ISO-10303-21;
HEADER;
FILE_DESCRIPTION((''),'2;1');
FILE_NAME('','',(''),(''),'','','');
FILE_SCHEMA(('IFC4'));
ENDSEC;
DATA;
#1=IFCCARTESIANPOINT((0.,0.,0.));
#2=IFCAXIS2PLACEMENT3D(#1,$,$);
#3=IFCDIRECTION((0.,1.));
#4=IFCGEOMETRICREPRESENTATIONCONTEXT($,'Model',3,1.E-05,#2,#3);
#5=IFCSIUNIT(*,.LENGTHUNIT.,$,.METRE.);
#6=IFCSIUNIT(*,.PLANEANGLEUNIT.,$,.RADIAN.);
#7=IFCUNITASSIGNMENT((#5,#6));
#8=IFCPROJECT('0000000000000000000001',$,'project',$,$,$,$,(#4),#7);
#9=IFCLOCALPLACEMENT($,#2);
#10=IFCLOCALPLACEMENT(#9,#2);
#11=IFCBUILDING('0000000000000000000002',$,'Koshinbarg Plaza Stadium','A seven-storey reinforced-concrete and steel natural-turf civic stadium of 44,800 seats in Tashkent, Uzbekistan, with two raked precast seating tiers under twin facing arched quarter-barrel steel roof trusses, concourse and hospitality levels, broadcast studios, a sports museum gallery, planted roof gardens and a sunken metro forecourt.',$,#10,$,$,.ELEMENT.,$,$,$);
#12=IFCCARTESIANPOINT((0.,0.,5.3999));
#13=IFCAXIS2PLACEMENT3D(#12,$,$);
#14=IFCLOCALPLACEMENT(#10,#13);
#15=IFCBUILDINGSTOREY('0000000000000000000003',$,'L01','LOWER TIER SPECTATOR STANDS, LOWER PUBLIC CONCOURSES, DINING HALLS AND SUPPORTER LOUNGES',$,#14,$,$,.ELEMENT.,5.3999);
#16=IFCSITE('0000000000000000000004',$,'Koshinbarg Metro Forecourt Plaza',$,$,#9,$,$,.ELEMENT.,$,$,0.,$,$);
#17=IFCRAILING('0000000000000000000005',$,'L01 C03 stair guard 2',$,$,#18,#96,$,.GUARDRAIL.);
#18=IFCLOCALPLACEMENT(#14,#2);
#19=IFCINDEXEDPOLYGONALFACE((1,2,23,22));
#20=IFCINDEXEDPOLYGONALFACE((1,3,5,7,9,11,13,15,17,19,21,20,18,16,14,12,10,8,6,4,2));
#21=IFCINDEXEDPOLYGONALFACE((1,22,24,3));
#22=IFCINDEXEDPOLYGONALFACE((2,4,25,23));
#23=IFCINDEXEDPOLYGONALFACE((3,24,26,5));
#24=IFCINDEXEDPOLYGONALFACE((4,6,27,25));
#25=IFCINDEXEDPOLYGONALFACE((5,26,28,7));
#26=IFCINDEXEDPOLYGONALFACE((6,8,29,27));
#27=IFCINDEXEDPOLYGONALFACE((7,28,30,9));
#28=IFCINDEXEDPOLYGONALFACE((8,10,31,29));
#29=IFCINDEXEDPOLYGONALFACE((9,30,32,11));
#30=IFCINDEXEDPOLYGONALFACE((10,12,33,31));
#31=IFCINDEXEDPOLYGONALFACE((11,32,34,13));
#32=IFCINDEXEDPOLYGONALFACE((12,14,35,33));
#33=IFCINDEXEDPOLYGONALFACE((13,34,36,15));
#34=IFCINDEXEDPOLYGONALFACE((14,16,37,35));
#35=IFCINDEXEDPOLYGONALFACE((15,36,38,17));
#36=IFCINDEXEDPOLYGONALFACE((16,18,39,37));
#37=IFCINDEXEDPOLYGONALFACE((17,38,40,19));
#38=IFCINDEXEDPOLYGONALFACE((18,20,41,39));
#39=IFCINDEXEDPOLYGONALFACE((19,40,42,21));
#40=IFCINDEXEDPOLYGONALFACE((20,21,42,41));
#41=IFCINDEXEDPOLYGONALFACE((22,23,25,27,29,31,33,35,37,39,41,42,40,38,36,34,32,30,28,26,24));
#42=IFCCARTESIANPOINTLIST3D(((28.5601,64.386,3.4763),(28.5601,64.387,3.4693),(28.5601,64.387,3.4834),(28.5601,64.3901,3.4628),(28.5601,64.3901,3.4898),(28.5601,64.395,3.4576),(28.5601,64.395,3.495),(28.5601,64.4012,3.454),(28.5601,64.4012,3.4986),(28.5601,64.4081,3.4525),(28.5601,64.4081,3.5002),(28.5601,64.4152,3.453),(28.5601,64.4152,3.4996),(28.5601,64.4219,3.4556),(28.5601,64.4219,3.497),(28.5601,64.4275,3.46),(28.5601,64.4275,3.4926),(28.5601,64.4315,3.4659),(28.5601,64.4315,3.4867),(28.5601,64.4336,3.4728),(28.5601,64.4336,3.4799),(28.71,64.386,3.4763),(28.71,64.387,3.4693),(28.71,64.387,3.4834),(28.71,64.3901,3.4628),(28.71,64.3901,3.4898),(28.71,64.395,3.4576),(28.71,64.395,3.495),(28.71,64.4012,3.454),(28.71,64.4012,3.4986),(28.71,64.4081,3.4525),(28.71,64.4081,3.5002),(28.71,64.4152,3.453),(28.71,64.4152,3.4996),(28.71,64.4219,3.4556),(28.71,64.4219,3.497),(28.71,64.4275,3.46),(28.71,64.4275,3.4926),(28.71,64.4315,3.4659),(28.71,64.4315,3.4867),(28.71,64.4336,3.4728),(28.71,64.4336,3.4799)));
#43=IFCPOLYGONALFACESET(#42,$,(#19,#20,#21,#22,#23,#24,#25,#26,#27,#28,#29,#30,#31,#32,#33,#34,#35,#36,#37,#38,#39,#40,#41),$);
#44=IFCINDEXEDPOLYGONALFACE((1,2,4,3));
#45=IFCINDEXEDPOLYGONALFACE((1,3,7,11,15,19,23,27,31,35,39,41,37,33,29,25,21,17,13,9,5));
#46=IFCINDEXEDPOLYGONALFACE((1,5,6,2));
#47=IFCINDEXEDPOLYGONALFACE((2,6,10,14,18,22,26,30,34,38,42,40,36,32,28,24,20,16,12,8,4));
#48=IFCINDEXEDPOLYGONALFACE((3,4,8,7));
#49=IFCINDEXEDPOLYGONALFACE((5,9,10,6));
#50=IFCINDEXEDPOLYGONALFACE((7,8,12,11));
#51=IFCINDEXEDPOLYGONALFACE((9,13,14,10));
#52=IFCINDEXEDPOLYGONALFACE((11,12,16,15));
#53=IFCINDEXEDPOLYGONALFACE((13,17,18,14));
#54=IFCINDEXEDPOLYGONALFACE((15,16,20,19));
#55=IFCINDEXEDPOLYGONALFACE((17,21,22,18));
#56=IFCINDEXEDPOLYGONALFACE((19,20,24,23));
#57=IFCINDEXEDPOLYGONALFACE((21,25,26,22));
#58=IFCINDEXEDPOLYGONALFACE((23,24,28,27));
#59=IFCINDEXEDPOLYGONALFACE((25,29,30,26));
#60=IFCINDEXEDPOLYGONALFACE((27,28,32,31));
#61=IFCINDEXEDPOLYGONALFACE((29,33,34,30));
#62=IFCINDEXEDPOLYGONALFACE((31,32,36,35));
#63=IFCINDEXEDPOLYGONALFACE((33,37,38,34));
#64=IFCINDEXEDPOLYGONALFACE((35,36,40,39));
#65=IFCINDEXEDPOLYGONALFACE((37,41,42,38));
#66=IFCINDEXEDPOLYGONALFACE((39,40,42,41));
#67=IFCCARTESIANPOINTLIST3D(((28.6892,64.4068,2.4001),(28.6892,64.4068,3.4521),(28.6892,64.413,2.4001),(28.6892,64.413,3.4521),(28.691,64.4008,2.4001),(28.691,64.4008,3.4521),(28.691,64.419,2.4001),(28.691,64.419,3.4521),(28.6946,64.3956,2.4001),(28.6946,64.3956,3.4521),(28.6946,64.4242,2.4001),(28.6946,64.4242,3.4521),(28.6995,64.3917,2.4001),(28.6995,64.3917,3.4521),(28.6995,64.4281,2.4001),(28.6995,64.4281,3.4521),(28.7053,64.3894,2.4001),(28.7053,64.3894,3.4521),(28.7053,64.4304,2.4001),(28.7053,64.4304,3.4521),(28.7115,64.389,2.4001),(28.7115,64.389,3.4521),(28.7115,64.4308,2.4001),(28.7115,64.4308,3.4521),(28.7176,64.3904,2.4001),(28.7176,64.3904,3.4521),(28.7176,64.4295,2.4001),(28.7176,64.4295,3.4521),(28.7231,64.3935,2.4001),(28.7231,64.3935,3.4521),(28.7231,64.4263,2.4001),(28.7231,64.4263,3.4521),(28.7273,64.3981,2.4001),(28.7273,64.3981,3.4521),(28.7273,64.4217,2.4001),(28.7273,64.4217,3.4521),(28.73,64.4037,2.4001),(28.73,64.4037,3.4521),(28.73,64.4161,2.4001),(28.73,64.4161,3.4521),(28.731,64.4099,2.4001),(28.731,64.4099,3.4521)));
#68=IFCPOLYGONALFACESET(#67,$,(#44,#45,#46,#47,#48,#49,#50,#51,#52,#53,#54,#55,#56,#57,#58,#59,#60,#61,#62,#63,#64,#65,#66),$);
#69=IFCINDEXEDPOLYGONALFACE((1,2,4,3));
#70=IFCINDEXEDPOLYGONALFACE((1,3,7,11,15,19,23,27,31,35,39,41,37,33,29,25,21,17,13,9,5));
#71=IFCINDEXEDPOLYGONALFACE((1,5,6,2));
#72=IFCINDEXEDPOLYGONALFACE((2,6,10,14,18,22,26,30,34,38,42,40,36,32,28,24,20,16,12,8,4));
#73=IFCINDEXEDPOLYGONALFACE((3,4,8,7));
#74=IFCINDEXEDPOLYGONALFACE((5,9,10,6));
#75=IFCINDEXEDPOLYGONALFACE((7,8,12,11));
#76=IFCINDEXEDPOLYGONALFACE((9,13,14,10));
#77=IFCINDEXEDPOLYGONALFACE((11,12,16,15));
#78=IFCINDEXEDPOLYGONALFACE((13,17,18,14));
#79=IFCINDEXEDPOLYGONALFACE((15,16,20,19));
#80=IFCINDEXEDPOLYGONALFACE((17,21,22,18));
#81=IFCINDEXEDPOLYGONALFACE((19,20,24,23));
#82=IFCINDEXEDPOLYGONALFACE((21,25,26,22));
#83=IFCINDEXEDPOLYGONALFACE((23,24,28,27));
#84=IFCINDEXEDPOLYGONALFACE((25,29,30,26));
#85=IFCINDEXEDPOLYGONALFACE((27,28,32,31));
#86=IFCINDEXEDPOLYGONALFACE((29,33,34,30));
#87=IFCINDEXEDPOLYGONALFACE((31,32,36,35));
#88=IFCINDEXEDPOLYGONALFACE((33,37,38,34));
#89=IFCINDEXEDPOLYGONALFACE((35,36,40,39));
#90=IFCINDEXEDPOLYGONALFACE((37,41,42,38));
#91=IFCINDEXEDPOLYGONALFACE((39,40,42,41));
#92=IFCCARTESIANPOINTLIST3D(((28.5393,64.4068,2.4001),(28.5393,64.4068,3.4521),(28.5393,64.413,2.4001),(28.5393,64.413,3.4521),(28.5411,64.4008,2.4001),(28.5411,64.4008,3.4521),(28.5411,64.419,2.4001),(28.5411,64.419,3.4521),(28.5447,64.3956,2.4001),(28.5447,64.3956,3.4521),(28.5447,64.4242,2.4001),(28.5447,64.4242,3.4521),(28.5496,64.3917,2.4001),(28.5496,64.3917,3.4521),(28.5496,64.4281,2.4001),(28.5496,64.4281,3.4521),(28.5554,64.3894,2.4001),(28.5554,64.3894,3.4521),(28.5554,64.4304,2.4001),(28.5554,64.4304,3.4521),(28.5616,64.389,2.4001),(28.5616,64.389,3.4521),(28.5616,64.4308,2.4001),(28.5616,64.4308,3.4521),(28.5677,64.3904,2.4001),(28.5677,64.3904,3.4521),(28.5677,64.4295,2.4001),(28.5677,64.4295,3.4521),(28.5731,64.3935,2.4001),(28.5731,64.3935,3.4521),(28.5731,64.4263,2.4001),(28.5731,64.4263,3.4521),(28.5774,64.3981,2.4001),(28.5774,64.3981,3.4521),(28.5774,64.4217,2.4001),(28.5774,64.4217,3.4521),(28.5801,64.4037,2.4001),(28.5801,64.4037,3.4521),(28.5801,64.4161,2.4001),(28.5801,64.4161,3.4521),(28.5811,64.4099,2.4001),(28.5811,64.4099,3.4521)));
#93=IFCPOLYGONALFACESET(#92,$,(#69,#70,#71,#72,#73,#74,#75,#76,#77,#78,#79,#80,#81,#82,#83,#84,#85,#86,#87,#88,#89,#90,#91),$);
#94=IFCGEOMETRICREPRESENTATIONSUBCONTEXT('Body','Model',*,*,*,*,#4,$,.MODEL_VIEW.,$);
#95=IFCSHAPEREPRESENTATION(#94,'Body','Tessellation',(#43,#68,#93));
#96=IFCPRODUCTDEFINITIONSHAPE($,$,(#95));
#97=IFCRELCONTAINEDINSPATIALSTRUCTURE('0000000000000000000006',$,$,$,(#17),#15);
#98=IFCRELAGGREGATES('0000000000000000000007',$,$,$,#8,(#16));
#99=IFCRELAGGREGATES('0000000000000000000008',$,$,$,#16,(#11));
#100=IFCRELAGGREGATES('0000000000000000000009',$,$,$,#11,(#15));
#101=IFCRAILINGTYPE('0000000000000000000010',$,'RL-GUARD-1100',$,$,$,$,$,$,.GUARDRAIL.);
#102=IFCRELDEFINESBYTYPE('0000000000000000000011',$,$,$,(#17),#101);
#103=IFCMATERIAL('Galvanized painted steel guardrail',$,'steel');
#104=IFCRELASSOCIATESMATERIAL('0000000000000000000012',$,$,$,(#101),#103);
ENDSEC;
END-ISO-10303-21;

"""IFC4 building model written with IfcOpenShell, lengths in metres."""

from ifc_helpers import new_model, si_unit, direction, frame, origin, origin_2d, place, context, subcontext, project, spatial, circle, extrude, material, type_object, element, save


model = new_model("IFC4")

# Units and contexts
model_context = context("Model", 3, precision=1e-05, world=origin(), true_north=direction((0.0, 1.0)))
body_context = subcontext(model_context, "Body", "Model", "MODEL_VIEW")
ifc_project = project(units=[si_unit("LENGTHUNIT", "METRE"), si_unit("PLANEANGLEUNIT", "RADIAN")], contexts=[model_context])

# Site, building, storey
site_placement = place(None, origin())
site = spatial("IfcSite", under=ifc_project, at=site_placement, Name="Koshinbarg Metro Forecourt Plaza", CompositionType="ELEMENT", RefElevation=0.0)
building_placement = place(site_placement, origin())
building = spatial("IfcBuilding", under=site, at=building_placement, Name="Koshinbarg Plaza Stadium", Description="A seven-storey reinforced-concrete and steel natural-turf civic stadium of 44,800 seats in Tashkent, Uzbekistan, with two raked precast seating tiers under twin facing arched quarter-barrel steel roof trusses, concourse and hospitality levels, broadcast studios, a sports museum gallery, planted roof gardens and a sunken metro forecourt.", CompositionType="ELEMENT")
storey_placement = place(building_placement, frame((0.0, 0.0, 5.3999)))
storey = spatial("IfcBuildingStorey", under=building, at=storey_placement, Name="L01", Description="LOWER TIER SPECTATOR STANDS, LOWER PUBLIC CONCOURSES, DINING HALLS AND SUPPORTER LOUNGES", CompositionType="ELEMENT", Elevation=5.3999)

# Railing
ifc_material_1 = material(Name="Galvanized painted steel guardrail", Category="steel")
railing_type_1 = type_object("IfcRailingType", Name="RL-GUARD-1100", PredefinedType="GUARDRAIL", material=ifc_material_1)
railing_1_placement = place(storey_placement, frame((28.71, 64.4099, 2.4001)))
element("IfcRailing", 1, at=railing_1_placement, inside=storey, type_object=railing_type_1, Name="L01 C03 stair guard 2", PredefinedType="GUARDRAIL", context=body_context, shape_type="SweptSolid", body=[
    extrude(circle(Radius=0.0239, at=origin_2d()), frame((0.0, 0.0, 1.0762), z_axis=(-1.0, 0.0, 0.0), x_axis=(0.0, -1.0, 0.0)), (0.0, 0.0, 1.0), 0.1499),
    extrude(circle(Radius=0.021, at=origin_2d()), origin(), (0.0, 0.0, 1.0), 1.052),
    extrude(circle(Radius=0.021, at=origin_2d()), frame((-0.1499, 0.0, 0.0)), (0.0, 0.0, 1.0), 1.052),
])

save(model, "model.ifc")
